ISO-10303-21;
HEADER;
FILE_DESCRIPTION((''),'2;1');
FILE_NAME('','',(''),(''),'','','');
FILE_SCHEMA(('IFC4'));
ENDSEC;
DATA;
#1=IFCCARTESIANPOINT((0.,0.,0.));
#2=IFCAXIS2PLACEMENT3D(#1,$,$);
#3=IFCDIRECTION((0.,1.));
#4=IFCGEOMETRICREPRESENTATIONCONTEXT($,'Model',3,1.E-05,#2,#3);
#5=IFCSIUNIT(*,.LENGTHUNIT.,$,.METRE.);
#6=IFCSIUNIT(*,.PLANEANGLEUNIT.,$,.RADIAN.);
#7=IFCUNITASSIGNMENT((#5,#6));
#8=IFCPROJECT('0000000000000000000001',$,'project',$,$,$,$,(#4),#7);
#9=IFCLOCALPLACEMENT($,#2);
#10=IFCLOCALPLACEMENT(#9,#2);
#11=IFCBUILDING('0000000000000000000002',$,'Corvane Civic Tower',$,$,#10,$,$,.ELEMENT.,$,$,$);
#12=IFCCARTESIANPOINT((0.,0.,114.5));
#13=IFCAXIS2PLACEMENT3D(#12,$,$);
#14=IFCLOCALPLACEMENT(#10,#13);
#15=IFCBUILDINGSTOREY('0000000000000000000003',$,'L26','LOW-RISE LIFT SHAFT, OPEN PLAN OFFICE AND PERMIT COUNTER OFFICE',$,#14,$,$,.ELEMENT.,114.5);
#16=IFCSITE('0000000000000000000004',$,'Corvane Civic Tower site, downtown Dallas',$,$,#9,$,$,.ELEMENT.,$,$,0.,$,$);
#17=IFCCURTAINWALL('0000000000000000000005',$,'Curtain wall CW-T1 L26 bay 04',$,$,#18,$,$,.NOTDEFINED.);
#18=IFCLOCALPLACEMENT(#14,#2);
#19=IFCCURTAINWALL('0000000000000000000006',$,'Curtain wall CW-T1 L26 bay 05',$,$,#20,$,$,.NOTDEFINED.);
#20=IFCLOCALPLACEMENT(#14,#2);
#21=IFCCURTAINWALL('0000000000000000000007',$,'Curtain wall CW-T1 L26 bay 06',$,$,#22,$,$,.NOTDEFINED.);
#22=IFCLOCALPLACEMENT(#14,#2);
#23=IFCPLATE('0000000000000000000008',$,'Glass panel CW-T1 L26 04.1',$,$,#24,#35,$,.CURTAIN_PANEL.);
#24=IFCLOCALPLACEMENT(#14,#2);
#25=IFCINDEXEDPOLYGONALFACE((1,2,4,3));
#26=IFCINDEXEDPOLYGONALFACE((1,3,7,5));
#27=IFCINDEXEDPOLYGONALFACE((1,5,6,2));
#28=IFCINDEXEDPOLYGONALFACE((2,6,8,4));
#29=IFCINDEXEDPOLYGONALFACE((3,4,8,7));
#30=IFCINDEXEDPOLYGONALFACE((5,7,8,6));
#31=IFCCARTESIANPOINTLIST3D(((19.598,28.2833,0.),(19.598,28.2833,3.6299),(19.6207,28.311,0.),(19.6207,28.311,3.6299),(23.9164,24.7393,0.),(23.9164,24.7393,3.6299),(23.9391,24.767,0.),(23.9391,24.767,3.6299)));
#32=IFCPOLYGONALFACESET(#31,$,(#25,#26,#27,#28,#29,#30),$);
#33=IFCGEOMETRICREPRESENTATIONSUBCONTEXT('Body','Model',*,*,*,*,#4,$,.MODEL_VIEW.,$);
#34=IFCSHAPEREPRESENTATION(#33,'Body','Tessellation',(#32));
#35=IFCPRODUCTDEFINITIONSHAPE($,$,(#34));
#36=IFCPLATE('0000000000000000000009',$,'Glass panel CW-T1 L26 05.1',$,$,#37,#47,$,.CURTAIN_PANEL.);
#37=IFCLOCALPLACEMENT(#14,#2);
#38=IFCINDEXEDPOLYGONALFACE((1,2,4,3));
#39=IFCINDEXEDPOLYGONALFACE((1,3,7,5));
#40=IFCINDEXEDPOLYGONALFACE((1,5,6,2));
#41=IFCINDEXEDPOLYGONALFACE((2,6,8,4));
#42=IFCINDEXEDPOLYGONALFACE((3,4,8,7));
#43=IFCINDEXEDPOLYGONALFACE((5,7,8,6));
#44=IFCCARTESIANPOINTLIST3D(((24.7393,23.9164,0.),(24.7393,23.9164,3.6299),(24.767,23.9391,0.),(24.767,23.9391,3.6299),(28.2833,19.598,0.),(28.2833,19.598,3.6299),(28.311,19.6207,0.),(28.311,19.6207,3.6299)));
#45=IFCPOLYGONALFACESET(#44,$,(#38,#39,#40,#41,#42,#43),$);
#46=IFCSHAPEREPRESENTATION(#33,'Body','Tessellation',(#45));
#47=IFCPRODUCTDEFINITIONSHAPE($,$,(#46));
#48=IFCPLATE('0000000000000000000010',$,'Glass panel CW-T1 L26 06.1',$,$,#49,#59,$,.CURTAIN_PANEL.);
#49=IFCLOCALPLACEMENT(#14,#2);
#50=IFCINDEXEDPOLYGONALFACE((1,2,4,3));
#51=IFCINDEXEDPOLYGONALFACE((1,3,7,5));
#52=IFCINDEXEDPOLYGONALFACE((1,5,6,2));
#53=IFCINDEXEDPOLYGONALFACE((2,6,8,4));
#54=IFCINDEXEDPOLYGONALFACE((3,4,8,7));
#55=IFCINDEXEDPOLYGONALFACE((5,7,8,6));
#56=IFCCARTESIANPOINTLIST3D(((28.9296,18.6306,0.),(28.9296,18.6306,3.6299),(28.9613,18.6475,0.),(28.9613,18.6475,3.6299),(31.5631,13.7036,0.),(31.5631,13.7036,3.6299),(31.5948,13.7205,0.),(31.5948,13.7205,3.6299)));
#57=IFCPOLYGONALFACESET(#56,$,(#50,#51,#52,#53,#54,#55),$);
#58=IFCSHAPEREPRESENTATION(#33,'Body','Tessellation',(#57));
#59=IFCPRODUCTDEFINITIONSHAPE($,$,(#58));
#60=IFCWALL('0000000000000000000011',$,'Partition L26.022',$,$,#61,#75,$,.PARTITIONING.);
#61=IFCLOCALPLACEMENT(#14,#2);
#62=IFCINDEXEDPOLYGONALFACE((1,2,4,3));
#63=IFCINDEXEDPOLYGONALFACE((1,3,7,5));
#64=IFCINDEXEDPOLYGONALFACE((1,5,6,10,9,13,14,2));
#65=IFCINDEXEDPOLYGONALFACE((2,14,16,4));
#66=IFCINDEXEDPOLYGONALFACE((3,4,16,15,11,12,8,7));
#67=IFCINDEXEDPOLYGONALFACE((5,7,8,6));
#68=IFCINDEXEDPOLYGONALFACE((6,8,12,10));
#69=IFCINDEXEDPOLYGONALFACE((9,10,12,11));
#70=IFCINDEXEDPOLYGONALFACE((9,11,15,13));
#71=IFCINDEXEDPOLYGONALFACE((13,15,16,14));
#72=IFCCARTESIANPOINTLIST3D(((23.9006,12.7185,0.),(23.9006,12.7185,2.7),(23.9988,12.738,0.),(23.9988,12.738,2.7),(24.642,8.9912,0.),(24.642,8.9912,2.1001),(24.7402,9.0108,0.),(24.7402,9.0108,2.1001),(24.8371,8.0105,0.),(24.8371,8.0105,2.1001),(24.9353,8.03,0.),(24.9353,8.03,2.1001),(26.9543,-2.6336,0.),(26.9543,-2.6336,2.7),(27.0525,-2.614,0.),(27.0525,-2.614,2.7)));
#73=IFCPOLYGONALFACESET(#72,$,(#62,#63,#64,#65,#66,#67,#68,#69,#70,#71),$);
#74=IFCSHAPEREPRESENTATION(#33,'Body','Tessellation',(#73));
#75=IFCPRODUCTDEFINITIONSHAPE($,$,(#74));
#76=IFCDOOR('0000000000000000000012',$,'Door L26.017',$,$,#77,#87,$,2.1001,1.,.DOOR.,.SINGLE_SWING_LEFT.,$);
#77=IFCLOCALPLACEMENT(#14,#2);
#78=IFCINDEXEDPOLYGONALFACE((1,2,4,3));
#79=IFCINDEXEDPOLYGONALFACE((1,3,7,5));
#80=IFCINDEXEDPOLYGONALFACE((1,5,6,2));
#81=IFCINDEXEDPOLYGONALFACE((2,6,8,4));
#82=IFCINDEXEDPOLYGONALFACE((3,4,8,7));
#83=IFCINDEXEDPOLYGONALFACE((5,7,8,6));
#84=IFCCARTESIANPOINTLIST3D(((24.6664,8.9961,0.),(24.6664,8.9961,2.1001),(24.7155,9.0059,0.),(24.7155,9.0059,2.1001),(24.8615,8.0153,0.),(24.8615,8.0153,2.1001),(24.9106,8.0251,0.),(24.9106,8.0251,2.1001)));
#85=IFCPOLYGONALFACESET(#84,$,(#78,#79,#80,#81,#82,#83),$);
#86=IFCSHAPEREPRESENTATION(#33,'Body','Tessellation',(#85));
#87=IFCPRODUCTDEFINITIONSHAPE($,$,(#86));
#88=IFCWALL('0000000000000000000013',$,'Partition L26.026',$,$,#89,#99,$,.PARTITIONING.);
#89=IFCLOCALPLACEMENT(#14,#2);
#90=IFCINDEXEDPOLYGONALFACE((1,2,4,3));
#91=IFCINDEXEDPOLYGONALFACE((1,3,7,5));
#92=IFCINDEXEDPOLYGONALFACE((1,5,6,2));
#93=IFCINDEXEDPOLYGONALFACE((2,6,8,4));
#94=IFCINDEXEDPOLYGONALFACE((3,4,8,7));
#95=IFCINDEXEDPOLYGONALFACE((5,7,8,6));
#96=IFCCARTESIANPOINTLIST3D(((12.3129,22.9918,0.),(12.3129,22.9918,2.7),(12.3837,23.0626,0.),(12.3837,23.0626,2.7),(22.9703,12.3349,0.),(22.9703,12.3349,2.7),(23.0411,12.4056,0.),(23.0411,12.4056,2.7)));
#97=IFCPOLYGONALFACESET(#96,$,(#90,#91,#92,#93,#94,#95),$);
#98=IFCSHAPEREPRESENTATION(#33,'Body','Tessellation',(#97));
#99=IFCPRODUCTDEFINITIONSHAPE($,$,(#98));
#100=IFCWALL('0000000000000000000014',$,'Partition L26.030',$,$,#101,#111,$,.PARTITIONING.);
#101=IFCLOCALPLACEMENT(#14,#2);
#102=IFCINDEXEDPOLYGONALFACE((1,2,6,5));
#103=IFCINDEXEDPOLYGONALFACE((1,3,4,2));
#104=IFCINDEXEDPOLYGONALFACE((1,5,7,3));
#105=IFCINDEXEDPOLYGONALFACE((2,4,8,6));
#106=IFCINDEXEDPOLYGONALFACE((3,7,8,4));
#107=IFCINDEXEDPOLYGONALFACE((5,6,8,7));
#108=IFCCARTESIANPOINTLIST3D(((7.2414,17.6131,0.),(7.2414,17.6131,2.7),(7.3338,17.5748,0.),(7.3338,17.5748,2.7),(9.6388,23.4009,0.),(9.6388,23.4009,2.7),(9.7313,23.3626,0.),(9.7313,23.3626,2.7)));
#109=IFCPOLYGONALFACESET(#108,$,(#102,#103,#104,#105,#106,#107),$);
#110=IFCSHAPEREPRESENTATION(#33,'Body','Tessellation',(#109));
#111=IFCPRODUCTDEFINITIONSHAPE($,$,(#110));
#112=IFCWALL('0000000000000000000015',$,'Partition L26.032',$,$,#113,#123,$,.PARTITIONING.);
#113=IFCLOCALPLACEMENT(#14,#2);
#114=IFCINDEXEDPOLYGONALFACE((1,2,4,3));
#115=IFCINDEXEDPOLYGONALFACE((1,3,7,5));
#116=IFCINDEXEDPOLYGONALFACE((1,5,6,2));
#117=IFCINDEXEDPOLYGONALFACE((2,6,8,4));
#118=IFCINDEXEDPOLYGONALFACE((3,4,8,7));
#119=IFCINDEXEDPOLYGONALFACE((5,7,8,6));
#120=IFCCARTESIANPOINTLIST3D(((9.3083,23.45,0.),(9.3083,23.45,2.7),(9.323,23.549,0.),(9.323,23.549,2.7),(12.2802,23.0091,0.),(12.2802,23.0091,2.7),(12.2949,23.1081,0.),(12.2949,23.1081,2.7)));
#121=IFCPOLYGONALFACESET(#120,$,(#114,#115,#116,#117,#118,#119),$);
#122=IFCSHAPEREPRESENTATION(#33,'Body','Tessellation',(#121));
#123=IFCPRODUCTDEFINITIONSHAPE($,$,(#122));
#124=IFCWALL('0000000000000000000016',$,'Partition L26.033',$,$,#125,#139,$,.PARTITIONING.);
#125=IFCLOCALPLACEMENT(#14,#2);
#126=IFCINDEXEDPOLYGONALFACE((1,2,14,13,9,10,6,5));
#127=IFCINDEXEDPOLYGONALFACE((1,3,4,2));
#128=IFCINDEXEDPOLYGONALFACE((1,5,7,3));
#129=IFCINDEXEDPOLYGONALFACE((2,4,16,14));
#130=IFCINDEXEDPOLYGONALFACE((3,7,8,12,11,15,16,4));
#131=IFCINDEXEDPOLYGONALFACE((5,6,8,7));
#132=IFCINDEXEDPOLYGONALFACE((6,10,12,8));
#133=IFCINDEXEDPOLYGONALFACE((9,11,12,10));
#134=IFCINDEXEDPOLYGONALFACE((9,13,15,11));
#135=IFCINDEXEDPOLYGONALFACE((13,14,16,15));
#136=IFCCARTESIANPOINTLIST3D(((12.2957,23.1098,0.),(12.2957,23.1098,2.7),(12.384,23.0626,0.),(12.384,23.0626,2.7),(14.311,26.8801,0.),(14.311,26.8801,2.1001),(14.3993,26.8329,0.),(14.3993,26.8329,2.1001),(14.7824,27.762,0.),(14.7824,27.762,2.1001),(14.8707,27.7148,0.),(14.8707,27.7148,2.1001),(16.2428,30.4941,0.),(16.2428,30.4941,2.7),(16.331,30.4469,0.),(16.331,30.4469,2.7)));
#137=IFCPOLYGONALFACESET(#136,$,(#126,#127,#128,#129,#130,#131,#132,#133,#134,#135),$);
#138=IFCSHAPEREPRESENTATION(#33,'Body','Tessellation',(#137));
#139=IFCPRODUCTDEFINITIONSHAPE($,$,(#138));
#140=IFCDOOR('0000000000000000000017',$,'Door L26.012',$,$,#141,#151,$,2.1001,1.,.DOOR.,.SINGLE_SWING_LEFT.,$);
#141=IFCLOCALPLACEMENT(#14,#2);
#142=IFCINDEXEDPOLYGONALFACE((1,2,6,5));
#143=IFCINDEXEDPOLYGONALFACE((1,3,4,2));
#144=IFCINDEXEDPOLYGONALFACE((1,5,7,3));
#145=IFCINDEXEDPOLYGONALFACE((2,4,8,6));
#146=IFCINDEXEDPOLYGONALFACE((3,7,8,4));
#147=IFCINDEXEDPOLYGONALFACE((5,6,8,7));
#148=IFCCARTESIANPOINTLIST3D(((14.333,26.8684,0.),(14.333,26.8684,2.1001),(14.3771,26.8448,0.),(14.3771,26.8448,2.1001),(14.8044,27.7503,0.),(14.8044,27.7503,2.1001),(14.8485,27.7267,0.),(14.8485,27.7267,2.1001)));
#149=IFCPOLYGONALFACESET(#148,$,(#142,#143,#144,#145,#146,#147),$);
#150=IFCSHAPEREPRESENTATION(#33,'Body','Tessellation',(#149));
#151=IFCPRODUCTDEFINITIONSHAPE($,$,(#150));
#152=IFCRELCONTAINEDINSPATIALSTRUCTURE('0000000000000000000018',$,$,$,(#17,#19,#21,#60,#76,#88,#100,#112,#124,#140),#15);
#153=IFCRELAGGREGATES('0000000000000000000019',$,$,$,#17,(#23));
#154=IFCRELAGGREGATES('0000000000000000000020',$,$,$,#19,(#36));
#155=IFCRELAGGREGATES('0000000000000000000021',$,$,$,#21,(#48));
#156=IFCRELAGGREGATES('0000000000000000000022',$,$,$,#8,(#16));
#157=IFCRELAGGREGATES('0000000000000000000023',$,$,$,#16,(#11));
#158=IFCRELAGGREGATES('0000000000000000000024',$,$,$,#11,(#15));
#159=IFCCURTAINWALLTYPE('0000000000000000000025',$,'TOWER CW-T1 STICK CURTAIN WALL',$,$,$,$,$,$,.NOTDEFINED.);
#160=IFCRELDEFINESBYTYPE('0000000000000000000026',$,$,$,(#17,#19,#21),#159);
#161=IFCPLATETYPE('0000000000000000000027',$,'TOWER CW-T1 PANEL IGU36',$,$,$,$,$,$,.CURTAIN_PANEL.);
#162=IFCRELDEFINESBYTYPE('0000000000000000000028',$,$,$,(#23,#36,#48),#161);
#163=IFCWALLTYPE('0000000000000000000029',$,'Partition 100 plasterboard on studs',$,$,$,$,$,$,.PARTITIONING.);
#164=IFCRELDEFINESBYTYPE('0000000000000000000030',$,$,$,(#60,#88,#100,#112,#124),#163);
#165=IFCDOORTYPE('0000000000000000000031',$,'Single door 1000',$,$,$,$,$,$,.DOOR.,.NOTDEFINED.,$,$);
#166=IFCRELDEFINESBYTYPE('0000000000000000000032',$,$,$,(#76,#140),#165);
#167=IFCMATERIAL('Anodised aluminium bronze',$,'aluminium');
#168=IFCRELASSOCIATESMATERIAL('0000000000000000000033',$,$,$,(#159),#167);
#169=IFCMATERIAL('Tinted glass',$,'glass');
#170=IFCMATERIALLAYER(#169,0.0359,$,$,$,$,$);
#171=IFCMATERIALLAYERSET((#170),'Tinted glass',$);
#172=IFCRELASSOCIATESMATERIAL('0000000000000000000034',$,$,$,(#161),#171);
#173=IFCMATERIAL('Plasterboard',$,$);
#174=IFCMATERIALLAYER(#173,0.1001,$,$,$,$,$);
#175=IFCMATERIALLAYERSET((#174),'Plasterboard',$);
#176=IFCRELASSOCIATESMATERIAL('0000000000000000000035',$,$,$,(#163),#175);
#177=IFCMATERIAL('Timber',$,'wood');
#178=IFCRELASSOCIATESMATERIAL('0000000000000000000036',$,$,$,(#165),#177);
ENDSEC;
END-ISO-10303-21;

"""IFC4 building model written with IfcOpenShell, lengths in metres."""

from ifc_helpers import new_model, si_unit, direction, frame, frame_2d, origin, origin_2d, place, context, subcontext, project, spatial, rectangle, extrude, material, layer, layer_set, type_object, element, fill, aggregate, save


model = new_model("IFC4")

# Units and contexts
model_context = context("Model", 3, precision=1e-05, world=origin(), true_north=direction((0.0, 1.0)))
body_context = subcontext(model_context, "Body", "Model", "MODEL_VIEW")
ifc_project = project(units=[si_unit("LENGTHUNIT", "METRE"), si_unit("PLANEANGLEUNIT", "RADIAN")], contexts=[model_context])

# Site, building, storey
site_placement = place(None, origin())
site = spatial("IfcSite", under=ifc_project, at=site_placement, Name="Corvane Civic Tower site, downtown Dallas", CompositionType="ELEMENT", RefElevation=0.0)
building_placement = place(site_placement, origin())
building = spatial("IfcBuilding", under=site, at=building_placement, Name="Corvane Civic Tower", CompositionType="ELEMENT")
storey_placement = place(building_placement, frame((0.0, 0.0, 114.5)))
storey = spatial("IfcBuildingStorey", under=building, at=storey_placement, Name="L26", Description="LOW-RISE LIFT SHAFT, OPEN PLAN OFFICE AND PERMIT COUNTER OFFICE", CompositionType="ELEMENT", Elevation=114.5)

# Curtain walls
ifc_material_1 = material(Name="Anodised aluminium bronze", Category="aluminium")
curtain_wall_type = type_object("IfcCurtainWallType", Name="TOWER CW-T1 STICK CURTAIN WALL", PredefinedType="NOTDEFINED", material=ifc_material_1)
curtain_wall_1_placement = place(storey_placement, origin())
curtain_wall_1 = element("IfcCurtainWall", 1, at=curtain_wall_1_placement, inside=storey, type_object=curtain_wall_type, Name="Curtain wall CW-T1 L26 bay 04", PredefinedType="NOTDEFINED")
curtain_wall_2_placement = place(storey_placement, origin())
curtain_wall_2 = element("IfcCurtainWall", 2, at=curtain_wall_2_placement, inside=storey, type_object=curtain_wall_type, Name="Curtain wall CW-T1 L26 bay 05", PredefinedType="NOTDEFINED")
curtain_wall_3_placement = place(storey_placement, origin())
curtain_wall_3 = element("IfcCurtainWall", 3, at=curtain_wall_3_placement, inside=storey, type_object=curtain_wall_type, Name="Curtain wall CW-T1 L26 bay 06", PredefinedType="NOTDEFINED")

# Plates
ifc_material_2 = material(Name="Tinted glass", Category="glass")
ifc_layer_1 = layer(ifc_material_2, 0.0359)
ifc_layer_set_1 = layer_set([ifc_layer_1], Name="Tinted glass")
plate_type = type_object("IfcPlateType", Name="TOWER CW-T1 PANEL IGU36", PredefinedType="CURTAIN_PANEL", material=ifc_layer_set_1)
plate_1_placement = place(storey_placement, frame((21.7686, 26.5251, 0.0), z_axis=(0.0, 0.0, 1.0), x_axis=(0.773013, -0.63439, 0.0)))
plate_1 = element("IfcPlate", 4, at=plate_1_placement, type_object=plate_type, Name="Glass panel CW-T1 L26 04.1", PredefinedType="CURTAIN_PANEL", context=body_context, shape_type="SweptSolid", body=[
    extrude(rectangle(XDim=5.5864, YDim=0.0359, at=origin_2d()), origin(), (0.0, 0.0, 1.0), 3.6299),
])
aggregate(curtain_wall_1, [plate_1])
plate_2_placement = place(storey_placement, frame((26.5251, 21.7686, 0.0), z_axis=(0.0, 0.0, 1.0), x_axis=(0.63439, -0.773013, 0.0)))
plate_2 = element("IfcPlate", 5, at=plate_2_placement, type_object=plate_type, Name="Glass panel CW-T1 L26 05.1", PredefinedType="CURTAIN_PANEL", context=body_context, shape_type="SweptSolid", body=[
    extrude(rectangle(XDim=5.5864, YDim=0.0359, at=origin_2d()), origin(), (0.0, 0.0, 1.0), 3.6299),
])
aggregate(curtain_wall_2, [plate_2])
plate_3_placement = place(storey_placement, frame((30.2622, 16.1755, 0.0), z_axis=(0.0, 0.0, 1.0), x_axis=(0.471392, -0.881924, 0.0)))
plate_3 = element("IfcPlate", 6, at=plate_3_placement, type_object=plate_type, Name="Glass panel CW-T1 L26 06.1", PredefinedType="CURTAIN_PANEL", context=body_context, shape_type="SweptSolid", body=[
    extrude(rectangle(XDim=5.5867, YDim=0.0359, at=origin_2d()), origin(), (0.0, 0.0, 1.0), 3.6299),
])
aggregate(curtain_wall_3, [plate_3])

# Wall, opening, door
ifc_material_3 = material(Name="Plasterboard")
ifc_layer_2 = layer(ifc_material_3, 0.1001)
ifc_layer_set_2 = layer_set([ifc_layer_2], Name="Plasterboard")
wall_type = type_object("IfcWallType", Name="Partition 100 plasterboard on studs", PredefinedType="PARTITIONING", material=ifc_layer_set_2)
wall_1_placement = place(storey_placement, frame((23.9497, 12.7283, 0.0), z_axis=(0.0, 0.0, 1.0), x_axis=(0.19509, -0.980785, 0.0)))
wall_1 = element("IfcWall", 7, at=wall_1_placement, inside=storey, type_object=wall_type, Name="Partition L26.022", PredefinedType="PARTITIONING", context=body_context, shape_type="SweptSolid", body=[
    extrude(rectangle(XDim=15.6528, YDim=0.1001, at=frame_2d((7.8264, 0.0))), origin(), (0.0, 0.0, 1.0), 2.7),
])
opening_1_placement = place(wall_1_placement, frame((3.8003, 0.0, 0.0)))
opening_1 = element("IfcOpeningElement", 8, at=opening_1_placement, cuts=wall_1, PredefinedType="OPENING", context=body_context, shape_type="SweptSolid", body=[
    extrude(rectangle(XDim=1.0, YDim=2.1001, at=frame_2d((0.5, 1.05))), frame((0.0, 0.0601, 0.0), z_axis=(0.0, -1.0, 0.0), x_axis=(1.0, 0.0, 0.0)), (0.0, 0.0, 1.0), 0.1201),
])
ifc_material_4 = material(Name="Timber", Category="wood")
door_type = type_object("IfcDoorType", Name="Single door 1000", OperationType="NOTDEFINED", PredefinedType="DOOR", material=ifc_material_4)
door_1_placement = place(opening_1_placement, origin())
door_1 = element("IfcDoor", 9, at=door_1_placement, inside=storey, type_object=door_type, Name="Door L26.017", OperationType="SINGLE_SWING_LEFT", OverallHeight=2.1001, OverallWidth=1.0, PredefinedType="DOOR", context=body_context, shape_type="SweptSolid", body=[
    extrude(rectangle(XDim=1.0, YDim=2.1001, at=frame_2d((0.5, 1.05))), frame((0.0, 0.0249, 0.0), z_axis=(0.0, -1.0, 0.0), x_axis=(1.0, 0.0, 0.0)), (0.0, 0.0, 1.0), 0.05),
])
fill(opening_1, door_1)

# Walls
wall_2_placement = place(storey_placement, frame((12.3484, 23.0271, 0.0), z_axis=(0.0, 0.0, 1.0), x_axis=(0.707123, -0.707091, 0.0)))
element("IfcWall", 10, at=wall_2_placement, inside=storey, type_object=wall_type, Name="Partition L26.026", PredefinedType="PARTITIONING", context=body_context, shape_type="SweptSolid", body=[
    extrude(rectangle(XDim=15.0715, YDim=0.1001, at=frame_2d((7.5356, 0.0))), origin(), (0.0, 0.0, 1.0), 2.7),
])
wall_3_placement = place(storey_placement, frame((7.2876, 17.594, 0.0), z_axis=(0.0, 0.0, 1.0), x_axis=(0.382691, 0.923876, 0.0)))
element("IfcWall", 11, at=wall_3_placement, inside=storey, type_object=wall_type, Name="Partition L26.030", PredefinedType="PARTITIONING", context=body_context, shape_type="SweptSolid", body=[
    extrude(rectangle(XDim=6.2646, YDim=0.1001, at=frame_2d((3.1323, 0.0))), origin(), (0.0, 0.0, 1.0), 2.7),
])
wall_4_placement = place(storey_placement, frame((9.3157, 23.4995, 0.0), z_axis=(0.0, 0.0, 1.0), x_axis=(0.989173, -0.146755, 0.0)))
element("IfcWall", 12, at=wall_4_placement, inside=storey, type_object=wall_type, Name="Partition L26.032", PredefinedType="PARTITIONING", context=body_context, shape_type="SweptSolid", body=[
    extrude(rectangle(XDim=3.0044, YDim=0.1001, at=frame_2d((1.5022, 0.0))), origin(), (0.0, 0.0, 1.0), 2.7),
])

# Wall, opening, door
wall_5_placement = place(storey_placement, frame((12.3398, 23.0862, 0.0), z_axis=(0.0, 0.0, 1.0), x_axis=(0.471401, 0.881919, 0.0)))
wall_5 = element("IfcWall", 13, at=wall_5_placement, inside=storey, type_object=wall_type, Name="Partition L26.033", PredefinedType="PARTITIONING", context=body_context, shape_type="SweptSolid", body=[
    extrude(rectangle(XDim=8.373, YDim=0.1001, at=frame_2d((4.1865, 0.0))), origin(), (0.0, 0.0, 1.0), 2.7),
])
opening_2_placement = place(wall_5_placement, frame((4.2751, 0.0, 0.0)))
opening_2 = element("IfcOpeningElement", 14, at=opening_2_placement, cuts=wall_5, PredefinedType="OPENING", context=body_context, shape_type="SweptSolid", body=[
    extrude(rectangle(XDim=1.0, YDim=2.1001, at=frame_2d((0.5, 1.05))), frame((0.0, 0.0601, 0.0), z_axis=(0.0, -1.0, 0.0), x_axis=(1.0, 0.0, 0.0)), (0.0, 0.0, 1.0), 0.1201),
])
door_2_placement = place(opening_2_placement, frame((1.0, 0.0, 0.0), z_axis=(0.0, 0.0, 1.0), x_axis=(-1.0, 0.0, 0.0)))
door_2 = element("IfcDoor", 15, at=door_2_placement, inside=storey, type_object=door_type, Name="Door L26.012", OperationType="SINGLE_SWING_LEFT", OverallHeight=2.1001, OverallWidth=1.0, PredefinedType="DOOR", context=body_context, shape_type="SweptSolid", body=[
    extrude(rectangle(XDim=1.0, YDim=2.1001, at=frame_2d((0.5, 1.05))), frame((0.0, 0.0249, 0.0), z_axis=(0.0, -1.0, 0.0), x_axis=(1.0, 0.0, 0.0)), (0.0, 0.0, 1.0), 0.05),
])
fill(opening_2, door_2)

save(model, "model.ifc")
